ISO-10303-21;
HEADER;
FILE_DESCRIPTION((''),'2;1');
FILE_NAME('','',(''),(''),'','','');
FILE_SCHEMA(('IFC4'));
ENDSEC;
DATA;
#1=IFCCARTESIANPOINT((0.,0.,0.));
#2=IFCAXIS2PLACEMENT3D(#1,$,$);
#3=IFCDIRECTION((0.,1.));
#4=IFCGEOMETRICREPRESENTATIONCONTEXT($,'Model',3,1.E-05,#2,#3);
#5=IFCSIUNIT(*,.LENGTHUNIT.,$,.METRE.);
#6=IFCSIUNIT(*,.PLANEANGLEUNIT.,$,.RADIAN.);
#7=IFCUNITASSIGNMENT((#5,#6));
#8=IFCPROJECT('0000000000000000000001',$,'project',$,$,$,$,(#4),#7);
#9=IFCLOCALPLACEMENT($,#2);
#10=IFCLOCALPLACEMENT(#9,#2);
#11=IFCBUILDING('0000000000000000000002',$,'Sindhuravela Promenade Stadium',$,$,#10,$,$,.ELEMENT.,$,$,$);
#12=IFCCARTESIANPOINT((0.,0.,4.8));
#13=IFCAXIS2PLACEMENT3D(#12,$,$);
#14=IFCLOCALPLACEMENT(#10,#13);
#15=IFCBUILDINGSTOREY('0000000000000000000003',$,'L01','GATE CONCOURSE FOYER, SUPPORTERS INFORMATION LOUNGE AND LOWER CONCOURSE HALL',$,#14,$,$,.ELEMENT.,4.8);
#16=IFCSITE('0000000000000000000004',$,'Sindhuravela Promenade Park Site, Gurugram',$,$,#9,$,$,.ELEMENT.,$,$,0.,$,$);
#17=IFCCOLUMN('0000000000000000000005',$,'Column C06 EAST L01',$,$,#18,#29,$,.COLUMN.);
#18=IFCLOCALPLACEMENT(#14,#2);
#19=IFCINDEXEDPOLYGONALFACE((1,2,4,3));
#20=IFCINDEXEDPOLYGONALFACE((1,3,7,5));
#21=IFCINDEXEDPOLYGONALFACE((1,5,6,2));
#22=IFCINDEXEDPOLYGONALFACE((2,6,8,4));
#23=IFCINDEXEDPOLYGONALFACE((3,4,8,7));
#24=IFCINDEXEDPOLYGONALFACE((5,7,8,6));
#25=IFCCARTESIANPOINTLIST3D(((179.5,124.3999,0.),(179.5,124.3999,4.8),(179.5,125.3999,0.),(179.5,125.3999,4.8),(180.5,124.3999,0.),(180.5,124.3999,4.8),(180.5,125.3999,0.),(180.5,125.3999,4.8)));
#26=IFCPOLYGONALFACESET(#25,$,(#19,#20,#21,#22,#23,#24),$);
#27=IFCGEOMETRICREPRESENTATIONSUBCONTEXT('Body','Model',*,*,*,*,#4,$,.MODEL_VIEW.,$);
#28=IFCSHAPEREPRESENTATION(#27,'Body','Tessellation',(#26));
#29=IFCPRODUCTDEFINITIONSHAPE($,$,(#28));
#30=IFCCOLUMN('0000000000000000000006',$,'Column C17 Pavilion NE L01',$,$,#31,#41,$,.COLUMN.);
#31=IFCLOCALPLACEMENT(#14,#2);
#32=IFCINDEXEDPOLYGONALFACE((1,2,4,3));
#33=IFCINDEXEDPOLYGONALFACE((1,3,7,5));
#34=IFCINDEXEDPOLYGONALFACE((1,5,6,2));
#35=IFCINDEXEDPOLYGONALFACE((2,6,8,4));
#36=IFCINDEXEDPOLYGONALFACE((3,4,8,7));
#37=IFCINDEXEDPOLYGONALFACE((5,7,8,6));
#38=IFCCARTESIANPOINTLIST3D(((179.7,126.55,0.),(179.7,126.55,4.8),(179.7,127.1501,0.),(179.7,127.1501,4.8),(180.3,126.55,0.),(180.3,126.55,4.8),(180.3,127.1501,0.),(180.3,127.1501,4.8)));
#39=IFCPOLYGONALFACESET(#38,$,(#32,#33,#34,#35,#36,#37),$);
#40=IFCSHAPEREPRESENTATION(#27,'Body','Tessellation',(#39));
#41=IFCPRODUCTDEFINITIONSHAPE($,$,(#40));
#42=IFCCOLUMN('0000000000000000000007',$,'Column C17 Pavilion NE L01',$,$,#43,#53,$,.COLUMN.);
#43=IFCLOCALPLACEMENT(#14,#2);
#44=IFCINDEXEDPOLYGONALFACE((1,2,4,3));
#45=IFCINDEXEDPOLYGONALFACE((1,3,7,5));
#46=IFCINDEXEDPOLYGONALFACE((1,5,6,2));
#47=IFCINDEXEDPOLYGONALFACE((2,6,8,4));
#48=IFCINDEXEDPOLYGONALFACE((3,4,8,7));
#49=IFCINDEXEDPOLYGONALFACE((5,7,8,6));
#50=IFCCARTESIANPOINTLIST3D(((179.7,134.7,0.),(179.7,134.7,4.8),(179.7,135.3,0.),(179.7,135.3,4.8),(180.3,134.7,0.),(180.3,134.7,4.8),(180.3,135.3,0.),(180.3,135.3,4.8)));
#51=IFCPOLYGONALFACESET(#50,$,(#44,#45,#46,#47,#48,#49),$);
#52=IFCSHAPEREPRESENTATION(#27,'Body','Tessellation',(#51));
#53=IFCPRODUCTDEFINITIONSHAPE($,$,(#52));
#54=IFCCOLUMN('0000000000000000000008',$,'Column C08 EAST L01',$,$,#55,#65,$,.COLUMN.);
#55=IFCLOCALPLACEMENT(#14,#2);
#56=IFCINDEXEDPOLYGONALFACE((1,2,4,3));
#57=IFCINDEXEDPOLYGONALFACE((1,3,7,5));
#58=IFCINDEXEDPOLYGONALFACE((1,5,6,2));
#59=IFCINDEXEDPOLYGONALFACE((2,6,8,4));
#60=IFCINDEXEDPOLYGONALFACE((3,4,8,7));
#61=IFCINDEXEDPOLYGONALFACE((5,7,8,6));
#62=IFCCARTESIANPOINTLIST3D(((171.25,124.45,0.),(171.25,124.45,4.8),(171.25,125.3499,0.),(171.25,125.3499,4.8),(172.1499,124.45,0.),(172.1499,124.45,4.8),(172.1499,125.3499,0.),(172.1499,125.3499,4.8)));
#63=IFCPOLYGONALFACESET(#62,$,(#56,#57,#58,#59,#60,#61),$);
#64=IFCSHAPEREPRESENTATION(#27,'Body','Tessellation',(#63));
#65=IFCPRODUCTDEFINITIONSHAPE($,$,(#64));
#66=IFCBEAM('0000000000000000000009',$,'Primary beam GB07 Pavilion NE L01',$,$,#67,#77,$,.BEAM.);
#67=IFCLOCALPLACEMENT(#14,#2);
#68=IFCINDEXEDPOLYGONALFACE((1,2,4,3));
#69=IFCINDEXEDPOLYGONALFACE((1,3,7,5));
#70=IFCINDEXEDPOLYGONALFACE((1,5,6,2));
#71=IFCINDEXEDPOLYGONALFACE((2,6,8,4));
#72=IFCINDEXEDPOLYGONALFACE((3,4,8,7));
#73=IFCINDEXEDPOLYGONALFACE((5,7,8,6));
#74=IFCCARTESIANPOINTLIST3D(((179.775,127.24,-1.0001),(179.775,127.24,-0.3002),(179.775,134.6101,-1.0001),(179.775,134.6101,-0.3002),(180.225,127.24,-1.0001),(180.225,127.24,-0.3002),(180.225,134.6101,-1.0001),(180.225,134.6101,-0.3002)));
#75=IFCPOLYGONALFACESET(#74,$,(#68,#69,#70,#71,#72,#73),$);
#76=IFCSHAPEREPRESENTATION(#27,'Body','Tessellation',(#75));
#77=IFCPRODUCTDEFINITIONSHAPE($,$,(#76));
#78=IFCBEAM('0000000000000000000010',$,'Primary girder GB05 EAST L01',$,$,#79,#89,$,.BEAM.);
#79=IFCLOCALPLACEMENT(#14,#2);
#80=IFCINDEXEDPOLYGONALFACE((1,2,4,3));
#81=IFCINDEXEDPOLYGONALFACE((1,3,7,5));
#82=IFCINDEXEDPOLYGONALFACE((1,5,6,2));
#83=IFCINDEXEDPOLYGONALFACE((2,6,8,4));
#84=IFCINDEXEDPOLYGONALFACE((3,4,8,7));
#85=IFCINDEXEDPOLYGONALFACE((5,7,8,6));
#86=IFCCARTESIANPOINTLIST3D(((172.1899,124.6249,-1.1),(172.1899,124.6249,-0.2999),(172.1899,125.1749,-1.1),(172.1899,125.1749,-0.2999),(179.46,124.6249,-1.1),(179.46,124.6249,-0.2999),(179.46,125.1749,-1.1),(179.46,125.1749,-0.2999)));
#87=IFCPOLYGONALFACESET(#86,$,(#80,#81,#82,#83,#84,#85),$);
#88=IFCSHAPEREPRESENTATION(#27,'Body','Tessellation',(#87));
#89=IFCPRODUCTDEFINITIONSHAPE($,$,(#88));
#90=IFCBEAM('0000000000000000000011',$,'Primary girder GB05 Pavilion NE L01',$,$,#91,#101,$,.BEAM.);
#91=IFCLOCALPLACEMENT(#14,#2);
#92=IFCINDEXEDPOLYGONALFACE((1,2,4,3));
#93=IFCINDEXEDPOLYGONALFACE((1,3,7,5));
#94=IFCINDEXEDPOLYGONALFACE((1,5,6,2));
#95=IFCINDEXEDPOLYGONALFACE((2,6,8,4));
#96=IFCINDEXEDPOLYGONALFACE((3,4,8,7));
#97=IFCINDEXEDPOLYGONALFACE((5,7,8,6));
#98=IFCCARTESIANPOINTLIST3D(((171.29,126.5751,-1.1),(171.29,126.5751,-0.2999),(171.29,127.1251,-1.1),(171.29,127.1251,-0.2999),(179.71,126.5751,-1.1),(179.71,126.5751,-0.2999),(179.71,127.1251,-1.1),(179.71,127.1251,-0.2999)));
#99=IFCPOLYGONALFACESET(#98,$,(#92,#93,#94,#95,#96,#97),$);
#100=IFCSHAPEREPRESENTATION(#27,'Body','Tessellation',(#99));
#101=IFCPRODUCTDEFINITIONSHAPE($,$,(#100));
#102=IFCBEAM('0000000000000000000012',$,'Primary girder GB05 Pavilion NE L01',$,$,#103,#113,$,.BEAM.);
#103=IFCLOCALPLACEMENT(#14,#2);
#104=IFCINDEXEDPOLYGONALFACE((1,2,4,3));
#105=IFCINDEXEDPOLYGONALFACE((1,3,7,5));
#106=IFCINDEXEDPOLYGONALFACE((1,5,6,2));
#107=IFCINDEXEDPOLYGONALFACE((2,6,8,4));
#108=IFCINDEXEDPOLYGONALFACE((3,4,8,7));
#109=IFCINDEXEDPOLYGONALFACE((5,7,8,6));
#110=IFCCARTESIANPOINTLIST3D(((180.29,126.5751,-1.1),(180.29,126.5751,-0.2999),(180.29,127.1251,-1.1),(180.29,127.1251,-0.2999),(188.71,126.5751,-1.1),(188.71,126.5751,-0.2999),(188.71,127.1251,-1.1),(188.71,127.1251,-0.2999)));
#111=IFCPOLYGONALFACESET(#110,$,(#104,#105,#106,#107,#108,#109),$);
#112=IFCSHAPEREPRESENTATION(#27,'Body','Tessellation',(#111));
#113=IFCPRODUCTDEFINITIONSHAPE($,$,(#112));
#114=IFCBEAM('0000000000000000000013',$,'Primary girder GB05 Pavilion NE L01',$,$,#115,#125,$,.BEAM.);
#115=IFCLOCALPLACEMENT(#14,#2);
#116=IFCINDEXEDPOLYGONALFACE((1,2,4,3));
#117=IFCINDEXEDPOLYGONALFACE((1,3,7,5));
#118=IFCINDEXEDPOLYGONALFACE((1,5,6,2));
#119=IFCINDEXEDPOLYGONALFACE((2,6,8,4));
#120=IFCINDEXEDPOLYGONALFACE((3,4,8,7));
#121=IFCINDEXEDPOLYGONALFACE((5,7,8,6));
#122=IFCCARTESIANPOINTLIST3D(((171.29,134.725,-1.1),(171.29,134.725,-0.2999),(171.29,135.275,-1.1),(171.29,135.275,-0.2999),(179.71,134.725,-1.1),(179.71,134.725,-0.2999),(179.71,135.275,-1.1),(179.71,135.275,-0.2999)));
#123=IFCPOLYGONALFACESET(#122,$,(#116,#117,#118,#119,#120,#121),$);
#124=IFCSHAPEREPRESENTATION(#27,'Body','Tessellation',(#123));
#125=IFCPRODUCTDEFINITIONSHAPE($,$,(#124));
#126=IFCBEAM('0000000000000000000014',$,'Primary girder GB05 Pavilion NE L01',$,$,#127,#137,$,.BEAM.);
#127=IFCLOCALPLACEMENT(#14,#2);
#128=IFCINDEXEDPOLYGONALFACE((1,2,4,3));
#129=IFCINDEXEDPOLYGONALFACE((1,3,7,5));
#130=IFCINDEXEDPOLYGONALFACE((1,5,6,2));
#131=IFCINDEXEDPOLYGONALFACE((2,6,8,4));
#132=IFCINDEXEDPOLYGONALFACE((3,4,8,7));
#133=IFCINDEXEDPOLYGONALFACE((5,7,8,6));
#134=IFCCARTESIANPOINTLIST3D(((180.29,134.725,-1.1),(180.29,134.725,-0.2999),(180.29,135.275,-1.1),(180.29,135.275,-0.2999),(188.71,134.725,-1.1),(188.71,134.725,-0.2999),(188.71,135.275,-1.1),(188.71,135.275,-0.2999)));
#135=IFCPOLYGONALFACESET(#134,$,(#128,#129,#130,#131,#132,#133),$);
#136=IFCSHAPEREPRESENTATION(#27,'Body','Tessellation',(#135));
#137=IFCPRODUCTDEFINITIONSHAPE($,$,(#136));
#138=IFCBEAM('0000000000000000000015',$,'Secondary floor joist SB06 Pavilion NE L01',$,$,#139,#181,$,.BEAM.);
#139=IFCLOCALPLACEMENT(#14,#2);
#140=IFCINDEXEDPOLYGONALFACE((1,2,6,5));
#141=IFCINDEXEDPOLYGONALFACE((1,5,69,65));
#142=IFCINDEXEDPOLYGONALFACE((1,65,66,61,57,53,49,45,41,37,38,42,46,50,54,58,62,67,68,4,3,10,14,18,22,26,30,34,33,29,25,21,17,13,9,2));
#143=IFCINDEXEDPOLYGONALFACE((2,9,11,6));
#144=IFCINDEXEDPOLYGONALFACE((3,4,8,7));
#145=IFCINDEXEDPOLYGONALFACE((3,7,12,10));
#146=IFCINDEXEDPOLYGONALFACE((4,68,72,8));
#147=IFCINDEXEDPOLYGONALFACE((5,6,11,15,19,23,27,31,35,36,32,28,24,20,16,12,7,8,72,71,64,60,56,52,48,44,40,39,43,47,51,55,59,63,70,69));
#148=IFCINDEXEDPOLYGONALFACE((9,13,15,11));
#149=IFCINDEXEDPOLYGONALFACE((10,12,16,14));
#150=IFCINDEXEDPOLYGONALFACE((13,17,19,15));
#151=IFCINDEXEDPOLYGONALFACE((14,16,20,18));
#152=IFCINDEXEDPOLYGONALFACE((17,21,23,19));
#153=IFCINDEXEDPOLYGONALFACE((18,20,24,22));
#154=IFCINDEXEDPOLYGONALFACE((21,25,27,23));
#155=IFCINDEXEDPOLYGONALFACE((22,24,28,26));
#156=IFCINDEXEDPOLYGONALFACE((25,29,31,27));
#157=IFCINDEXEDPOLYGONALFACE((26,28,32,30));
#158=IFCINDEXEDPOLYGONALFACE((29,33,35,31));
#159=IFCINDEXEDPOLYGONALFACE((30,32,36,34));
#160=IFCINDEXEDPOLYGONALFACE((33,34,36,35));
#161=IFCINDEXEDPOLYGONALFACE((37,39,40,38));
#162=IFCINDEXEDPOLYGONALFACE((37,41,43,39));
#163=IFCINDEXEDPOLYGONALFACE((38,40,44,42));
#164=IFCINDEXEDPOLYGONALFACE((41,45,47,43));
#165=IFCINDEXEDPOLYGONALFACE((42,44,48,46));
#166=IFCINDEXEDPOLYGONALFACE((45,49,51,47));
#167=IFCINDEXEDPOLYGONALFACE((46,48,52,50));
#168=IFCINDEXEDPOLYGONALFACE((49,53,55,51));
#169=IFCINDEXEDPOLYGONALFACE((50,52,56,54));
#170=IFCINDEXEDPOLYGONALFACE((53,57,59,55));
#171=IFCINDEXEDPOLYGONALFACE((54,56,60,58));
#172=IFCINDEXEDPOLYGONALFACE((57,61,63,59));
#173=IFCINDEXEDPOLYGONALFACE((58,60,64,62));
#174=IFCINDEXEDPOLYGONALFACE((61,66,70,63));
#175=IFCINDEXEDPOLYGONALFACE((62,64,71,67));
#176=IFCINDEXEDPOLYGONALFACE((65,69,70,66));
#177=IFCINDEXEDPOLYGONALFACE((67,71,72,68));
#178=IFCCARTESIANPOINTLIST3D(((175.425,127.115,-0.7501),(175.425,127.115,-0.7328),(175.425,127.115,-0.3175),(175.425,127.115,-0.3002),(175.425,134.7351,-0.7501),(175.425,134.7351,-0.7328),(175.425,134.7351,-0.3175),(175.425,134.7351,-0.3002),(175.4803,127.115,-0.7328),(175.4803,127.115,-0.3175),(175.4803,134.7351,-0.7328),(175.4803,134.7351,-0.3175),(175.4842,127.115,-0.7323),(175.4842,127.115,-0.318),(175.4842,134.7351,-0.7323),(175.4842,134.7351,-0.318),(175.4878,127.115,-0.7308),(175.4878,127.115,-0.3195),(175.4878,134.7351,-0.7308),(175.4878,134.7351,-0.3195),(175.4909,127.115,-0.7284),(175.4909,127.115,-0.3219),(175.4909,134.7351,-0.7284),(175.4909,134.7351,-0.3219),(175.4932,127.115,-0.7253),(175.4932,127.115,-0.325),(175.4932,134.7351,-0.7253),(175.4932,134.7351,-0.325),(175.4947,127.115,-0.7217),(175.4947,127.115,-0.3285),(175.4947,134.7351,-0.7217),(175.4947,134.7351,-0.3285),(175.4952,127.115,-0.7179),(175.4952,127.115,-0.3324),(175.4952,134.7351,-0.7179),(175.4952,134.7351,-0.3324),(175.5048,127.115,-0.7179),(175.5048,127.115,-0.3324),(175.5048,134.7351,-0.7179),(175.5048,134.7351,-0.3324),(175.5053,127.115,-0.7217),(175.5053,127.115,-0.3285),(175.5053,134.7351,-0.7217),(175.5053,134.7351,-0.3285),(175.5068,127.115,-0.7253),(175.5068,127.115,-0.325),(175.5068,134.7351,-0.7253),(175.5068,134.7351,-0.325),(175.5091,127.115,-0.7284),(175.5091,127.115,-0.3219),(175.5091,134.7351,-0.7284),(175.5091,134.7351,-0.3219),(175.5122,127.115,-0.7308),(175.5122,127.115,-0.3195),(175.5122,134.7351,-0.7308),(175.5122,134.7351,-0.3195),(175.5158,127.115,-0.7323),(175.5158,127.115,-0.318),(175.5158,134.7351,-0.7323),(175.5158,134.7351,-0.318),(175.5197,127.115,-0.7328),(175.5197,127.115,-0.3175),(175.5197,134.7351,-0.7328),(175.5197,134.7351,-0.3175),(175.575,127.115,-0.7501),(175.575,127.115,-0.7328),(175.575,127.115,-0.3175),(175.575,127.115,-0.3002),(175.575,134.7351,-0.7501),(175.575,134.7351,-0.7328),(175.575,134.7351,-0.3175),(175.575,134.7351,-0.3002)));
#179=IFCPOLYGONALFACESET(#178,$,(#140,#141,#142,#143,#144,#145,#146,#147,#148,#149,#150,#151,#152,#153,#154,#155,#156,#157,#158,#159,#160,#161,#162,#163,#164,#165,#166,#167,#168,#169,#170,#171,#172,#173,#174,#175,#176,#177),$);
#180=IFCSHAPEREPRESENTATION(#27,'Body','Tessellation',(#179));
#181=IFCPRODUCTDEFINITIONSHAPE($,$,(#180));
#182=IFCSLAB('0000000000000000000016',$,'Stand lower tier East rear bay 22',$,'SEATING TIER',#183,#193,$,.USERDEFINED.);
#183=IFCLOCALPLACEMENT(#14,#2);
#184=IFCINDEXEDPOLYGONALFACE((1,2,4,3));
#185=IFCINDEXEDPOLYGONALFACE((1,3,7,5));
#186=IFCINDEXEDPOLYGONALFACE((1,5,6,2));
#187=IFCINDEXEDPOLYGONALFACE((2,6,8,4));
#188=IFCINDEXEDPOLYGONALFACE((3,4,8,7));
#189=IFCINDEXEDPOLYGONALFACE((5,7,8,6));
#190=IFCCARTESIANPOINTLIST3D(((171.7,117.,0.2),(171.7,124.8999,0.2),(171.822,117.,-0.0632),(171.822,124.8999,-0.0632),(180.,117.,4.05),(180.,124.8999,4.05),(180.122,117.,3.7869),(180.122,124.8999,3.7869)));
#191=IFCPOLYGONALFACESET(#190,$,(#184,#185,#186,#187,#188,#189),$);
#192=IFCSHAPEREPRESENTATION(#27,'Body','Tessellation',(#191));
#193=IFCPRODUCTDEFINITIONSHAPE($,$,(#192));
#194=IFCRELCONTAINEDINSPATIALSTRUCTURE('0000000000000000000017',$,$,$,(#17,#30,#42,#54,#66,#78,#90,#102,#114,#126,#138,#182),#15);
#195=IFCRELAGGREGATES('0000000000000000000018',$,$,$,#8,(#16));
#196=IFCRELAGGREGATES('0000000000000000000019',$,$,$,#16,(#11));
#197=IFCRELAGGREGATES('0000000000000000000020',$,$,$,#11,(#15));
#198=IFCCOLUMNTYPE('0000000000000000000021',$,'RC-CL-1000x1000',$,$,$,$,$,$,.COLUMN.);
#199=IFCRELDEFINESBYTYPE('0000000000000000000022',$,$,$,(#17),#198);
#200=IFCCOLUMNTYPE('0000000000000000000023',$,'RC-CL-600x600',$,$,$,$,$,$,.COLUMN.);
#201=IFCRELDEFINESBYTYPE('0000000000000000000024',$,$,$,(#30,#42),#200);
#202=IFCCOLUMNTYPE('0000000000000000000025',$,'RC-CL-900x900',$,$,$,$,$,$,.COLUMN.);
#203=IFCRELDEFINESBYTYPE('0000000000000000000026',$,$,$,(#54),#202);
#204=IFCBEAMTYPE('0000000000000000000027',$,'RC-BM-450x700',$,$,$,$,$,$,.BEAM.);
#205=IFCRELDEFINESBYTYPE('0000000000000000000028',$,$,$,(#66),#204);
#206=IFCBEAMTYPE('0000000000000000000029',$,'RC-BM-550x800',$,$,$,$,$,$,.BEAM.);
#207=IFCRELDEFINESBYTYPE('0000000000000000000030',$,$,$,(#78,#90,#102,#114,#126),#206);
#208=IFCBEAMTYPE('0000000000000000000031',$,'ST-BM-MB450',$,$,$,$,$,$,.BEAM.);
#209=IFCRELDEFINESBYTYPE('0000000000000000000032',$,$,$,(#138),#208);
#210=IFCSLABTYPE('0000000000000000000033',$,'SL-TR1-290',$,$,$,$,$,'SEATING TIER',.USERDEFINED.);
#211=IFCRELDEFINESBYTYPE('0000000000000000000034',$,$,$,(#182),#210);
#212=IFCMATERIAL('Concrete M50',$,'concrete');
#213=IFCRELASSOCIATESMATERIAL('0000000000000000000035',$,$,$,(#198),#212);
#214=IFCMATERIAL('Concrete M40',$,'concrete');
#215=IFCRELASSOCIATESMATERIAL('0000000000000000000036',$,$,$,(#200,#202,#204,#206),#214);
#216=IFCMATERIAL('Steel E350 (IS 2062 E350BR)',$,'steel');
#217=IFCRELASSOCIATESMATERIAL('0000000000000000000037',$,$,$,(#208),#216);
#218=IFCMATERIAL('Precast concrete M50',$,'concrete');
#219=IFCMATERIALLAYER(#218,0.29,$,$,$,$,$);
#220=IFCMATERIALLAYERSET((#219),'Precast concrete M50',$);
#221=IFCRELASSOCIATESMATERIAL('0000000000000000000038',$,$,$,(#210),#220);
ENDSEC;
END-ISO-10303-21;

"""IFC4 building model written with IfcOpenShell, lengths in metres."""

from ifc_helpers import new_model, si_unit, direction, frame, origin, origin_2d, place, context, subcontext, project, spatial, polyline, rectangle, i_section, outline, extrude, material, layer, layer_set, material_profile, profile_set, type_object, element, save


model = new_model("IFC4")

# Units and contexts
model_context = context("Model", 3, precision=1e-05, world=origin(), true_north=direction((0.0, 1.0)))
body_context = subcontext(model_context, "Body", "Model", "MODEL_VIEW")
ifc_project = project(units=[si_unit("LENGTHUNIT", "METRE"), si_unit("PLANEANGLEUNIT", "RADIAN")], contexts=[model_context])

# Site, building, storey
site_placement = place(None, origin())
site = spatial("IfcSite", under=ifc_project, at=site_placement, Name="Sindhuravela Promenade Park Site, Gurugram", CompositionType="ELEMENT", RefElevation=0.0)
building_placement = place(site_placement, origin())
building = spatial("IfcBuilding", under=site, at=building_placement, Name="Sindhuravela Promenade Stadium", CompositionType="ELEMENT")
storey_placement = place(building_placement, frame((0.0, 0.0, 4.8)))
storey = spatial("IfcBuildingStorey", under=building, at=storey_placement, Name="L01", Description="GATE CONCOURSE FOYER, SUPPORTERS INFORMATION LOUNGE AND LOWER CONCOURSE HALL", CompositionType="ELEMENT", Elevation=4.8)

# Columns
ifc_material_1 = material(Name="Concrete M50", Category="concrete")
ifc_material_profile_1 = material_profile(ifc_material_1, rectangle(XDim=1.0, YDim=1.0, at=origin_2d()), Name="RC 1000x1000")
ifc_profile_set_1 = profile_set([ifc_material_profile_1], Name="Concrete M50")
column_type_1 = type_object("IfcColumnType", Name="RC-CL-1000x1000", PredefinedType="COLUMN", material=ifc_profile_set_1)
column_1_placement = place(storey_placement, frame((180.0, 124.8999, 0.0), z_axis=(0.0, 0.0, 1.0), x_axis=(1.0, 0.0, 0.0)))
element("IfcColumn", 1, at=column_1_placement, inside=storey, type_object=column_type_1, Name="Column C06 EAST L01", PredefinedType="COLUMN", context=body_context, shape_type="SweptSolid", body=[
    extrude(rectangle(XDim=1.0, YDim=1.0, at=origin_2d()), origin(), (0.0, 0.0, 1.0), 4.8),
])
ifc_material_2 = material(Name="Concrete M40", Category="concrete")
ifc_material_profile_2 = material_profile(ifc_material_2, rectangle(XDim=0.6001, YDim=0.6001, at=origin_2d()), Name="RC 600x600")
ifc_profile_set_2 = profile_set([ifc_material_profile_2], Name="Concrete M40")
column_type_2 = type_object("IfcColumnType", Name="RC-CL-600x600", PredefinedType="COLUMN", material=ifc_profile_set_2)
for number, where, z_axis, x_axis, name in (
    (2, (180.0, 126.8501, 0.0), (0.0, 0.0, 1.0), (1.0, 0.0, 0.0), "Column C17 Pavilion NE L01"),
    (3, (180.0, 135.0, 0.0), (0.0, 0.0, 1.0), (1.0, 0.0, 0.0), "Column C17 Pavilion NE L01"),
):
    element("IfcColumn", number, at=place(storey_placement, frame(where, z_axis=z_axis, x_axis=x_axis)), inside=storey, type_object=column_type_2, Name=name, PredefinedType="COLUMN", context=body_context, shape_type="SweptSolid", body=[
        extrude(rectangle(XDim=0.6001, YDim=0.6001, at=origin_2d()), origin(), (0.0, 0.0, 1.0), 4.8),
    ])
ifc_material_profile_3 = material_profile(ifc_material_2, rectangle(XDim=0.8999, YDim=0.8999, at=origin_2d()), Name="RC 900x900")
ifc_profile_set_3 = profile_set([ifc_material_profile_3], Name="Concrete M40")
column_type_3 = type_object("IfcColumnType", Name="RC-CL-900x900", PredefinedType="COLUMN", material=ifc_profile_set_3)
column_2_placement = place(storey_placement, frame((171.7, 124.8999, 0.0), z_axis=(0.0, 0.0, 1.0), x_axis=(1.0, 0.0, 0.0)))
element("IfcColumn", 4, at=column_2_placement, inside=storey, type_object=column_type_3, Name="Column C08 EAST L01", PredefinedType="COLUMN", context=body_context, shape_type="SweptSolid", body=[
    extrude(rectangle(XDim=0.8999, YDim=0.8999, at=origin_2d()), origin(), (0.0, 0.0, 1.0), 4.8),
])

# Beams
ifc_material_profile_4 = material_profile(ifc_material_2, rectangle(XDim=0.45, YDim=0.7, at=origin_2d()), Name="RC 450x700")
ifc_profile_set_4 = profile_set([ifc_material_profile_4], Name="Concrete M40")
beam_type_1 = type_object("IfcBeamType", Name="RC-BM-450x700", PredefinedType="BEAM", material=ifc_profile_set_4)
beam_1_placement = place(storey_placement, frame((180.0, 127.24, -0.6501), z_axis=(0.0, 1.0, 0.0), x_axis=(-1.0, 0.0, 0.0)))
element("IfcBeam", 5, at=beam_1_placement, inside=storey, type_object=beam_type_1, Name="Primary beam GB07 Pavilion NE L01", PredefinedType="BEAM", context=body_context, shape_type="SweptSolid", body=[
    extrude(rectangle(XDim=0.45, YDim=0.7, at=origin_2d()), origin(), (0.0, 0.0, 1.0), 7.3701),
])
ifc_material_profile_5 = material_profile(ifc_material_2, rectangle(XDim=0.55, YDim=0.8, at=origin_2d()), Name="RC 550x800")
ifc_profile_set_5 = profile_set([ifc_material_profile_5], Name="Concrete M40")
beam_type_2 = type_object("IfcBeamType", Name="RC-BM-550x800", PredefinedType="BEAM", material=ifc_profile_set_5)
beam_2_placement = place(storey_placement, frame((172.1899, 124.8999, -0.7), z_axis=(1.0, 0.0, 0.0), x_axis=(0.0, 1.0, 0.0)))
element("IfcBeam", 6, at=beam_2_placement, inside=storey, type_object=beam_type_2, Name="Primary girder GB05 EAST L01", PredefinedType="BEAM", context=body_context, shape_type="SweptSolid", body=[
    extrude(rectangle(XDim=0.55, YDim=0.8, at=origin_2d()), origin(), (0.0, 0.0, 1.0), 7.27),
])
for number, where, z_axis, x_axis, name in (
    (7, (171.29, 126.8501, -0.7), (1.0, 0.0, 0.0), (0.0, 1.0, 0.0), "Primary girder GB05 Pavilion NE L01"),
    (8, (180.29, 126.8501, -0.7), (1.0, 0.0, 0.0), (0.0, 1.0, 0.0), "Primary girder GB05 Pavilion NE L01"),
    (9, (171.29, 135.0, -0.7), (1.0, 0.0, 0.0), (0.0, 1.0, 0.0), "Primary girder GB05 Pavilion NE L01"),
    (10, (180.29, 135.0, -0.7), (1.0, 0.0, 0.0), (0.0, 1.0, 0.0), "Primary girder GB05 Pavilion NE L01"),
):
    element("IfcBeam", number, at=place(storey_placement, frame(where, z_axis=z_axis, x_axis=x_axis)), inside=storey, type_object=beam_type_2, Name=name, PredefinedType="BEAM", context=body_context, shape_type="SweptSolid", body=[
        extrude(rectangle(XDim=0.55, YDim=0.8, at=origin_2d()), origin(), (0.0, 0.0, 1.0), 8.4199),
    ])
ifc_material_3 = material(Name="Steel E350 (IS 2062 E350BR)", Category="steel")
ifc_material_profile_6 = material_profile(ifc_material_3, i_section(OverallWidth=0.1499, OverallDepth=0.45, WebThickness=0.0095, FlangeThickness=0.0173, FilletRadius=0.0149, at=origin_2d()), Name="ISMB 450")
ifc_profile_set_6 = profile_set([ifc_material_profile_6], Name="Steel E350 (IS 2062 E350BR)")
beam_type_3 = type_object("IfcBeamType", Name="ST-BM-MB450", PredefinedType="BEAM", material=ifc_profile_set_6)
beam_3_placement = place(storey_placement, frame((175.5, 127.115, -0.5251), z_axis=(0.0, 1.0, 0.0), x_axis=(-1.0, 0.0, 0.0)))
element("IfcBeam", 11, at=beam_3_placement, inside=storey, type_object=beam_type_3, Name="Secondary floor joist SB06 Pavilion NE L01", PredefinedType="BEAM", context=body_context, shape_type="SweptSolid", body=[
    extrude(i_section(OverallWidth=0.1499, OverallDepth=0.45, WebThickness=0.0095, FlangeThickness=0.0173, FilletRadius=0.0149, at=origin_2d()), origin(), (0.0, 0.0, 1.0), 7.6201),
])

# Slab
ifc_material_4 = material(Name="Precast concrete M50", Category="concrete")
ifc_layer_1 = layer(ifc_material_4, 0.29)
ifc_layer_set_1 = layer_set([ifc_layer_1], Name="Precast concrete M50")
slab_type = type_object("IfcSlabType", Name="SL-TR1-290", ElementType="SEATING TIER", PredefinedType="USERDEFINED", material=ifc_layer_set_1)
slab_placement = place(storey_placement, frame((171.7, 124.8999, 0.2), z_axis=(-0.420797, 0.0, 0.907155), x_axis=(0.0, -1.0, 0.0)))
element("IfcSlab", 12, at=slab_placement, inside=storey, type_object=slab_type, Name="Stand lower tier East rear bay 22", ObjectType="SEATING TIER", PredefinedType="USERDEFINED", context=body_context, shape_type="SweptSolid", body=[
    extrude(outline(polyline([(0.0, 0.0), (7.8999, 0.0), (7.8999, 9.1495), (0.0, 9.1495), (0.0, 0.0)])), origin(), (0.0, 0.0, -1.0), 0.29),
])

save(model, "model.ifc")
